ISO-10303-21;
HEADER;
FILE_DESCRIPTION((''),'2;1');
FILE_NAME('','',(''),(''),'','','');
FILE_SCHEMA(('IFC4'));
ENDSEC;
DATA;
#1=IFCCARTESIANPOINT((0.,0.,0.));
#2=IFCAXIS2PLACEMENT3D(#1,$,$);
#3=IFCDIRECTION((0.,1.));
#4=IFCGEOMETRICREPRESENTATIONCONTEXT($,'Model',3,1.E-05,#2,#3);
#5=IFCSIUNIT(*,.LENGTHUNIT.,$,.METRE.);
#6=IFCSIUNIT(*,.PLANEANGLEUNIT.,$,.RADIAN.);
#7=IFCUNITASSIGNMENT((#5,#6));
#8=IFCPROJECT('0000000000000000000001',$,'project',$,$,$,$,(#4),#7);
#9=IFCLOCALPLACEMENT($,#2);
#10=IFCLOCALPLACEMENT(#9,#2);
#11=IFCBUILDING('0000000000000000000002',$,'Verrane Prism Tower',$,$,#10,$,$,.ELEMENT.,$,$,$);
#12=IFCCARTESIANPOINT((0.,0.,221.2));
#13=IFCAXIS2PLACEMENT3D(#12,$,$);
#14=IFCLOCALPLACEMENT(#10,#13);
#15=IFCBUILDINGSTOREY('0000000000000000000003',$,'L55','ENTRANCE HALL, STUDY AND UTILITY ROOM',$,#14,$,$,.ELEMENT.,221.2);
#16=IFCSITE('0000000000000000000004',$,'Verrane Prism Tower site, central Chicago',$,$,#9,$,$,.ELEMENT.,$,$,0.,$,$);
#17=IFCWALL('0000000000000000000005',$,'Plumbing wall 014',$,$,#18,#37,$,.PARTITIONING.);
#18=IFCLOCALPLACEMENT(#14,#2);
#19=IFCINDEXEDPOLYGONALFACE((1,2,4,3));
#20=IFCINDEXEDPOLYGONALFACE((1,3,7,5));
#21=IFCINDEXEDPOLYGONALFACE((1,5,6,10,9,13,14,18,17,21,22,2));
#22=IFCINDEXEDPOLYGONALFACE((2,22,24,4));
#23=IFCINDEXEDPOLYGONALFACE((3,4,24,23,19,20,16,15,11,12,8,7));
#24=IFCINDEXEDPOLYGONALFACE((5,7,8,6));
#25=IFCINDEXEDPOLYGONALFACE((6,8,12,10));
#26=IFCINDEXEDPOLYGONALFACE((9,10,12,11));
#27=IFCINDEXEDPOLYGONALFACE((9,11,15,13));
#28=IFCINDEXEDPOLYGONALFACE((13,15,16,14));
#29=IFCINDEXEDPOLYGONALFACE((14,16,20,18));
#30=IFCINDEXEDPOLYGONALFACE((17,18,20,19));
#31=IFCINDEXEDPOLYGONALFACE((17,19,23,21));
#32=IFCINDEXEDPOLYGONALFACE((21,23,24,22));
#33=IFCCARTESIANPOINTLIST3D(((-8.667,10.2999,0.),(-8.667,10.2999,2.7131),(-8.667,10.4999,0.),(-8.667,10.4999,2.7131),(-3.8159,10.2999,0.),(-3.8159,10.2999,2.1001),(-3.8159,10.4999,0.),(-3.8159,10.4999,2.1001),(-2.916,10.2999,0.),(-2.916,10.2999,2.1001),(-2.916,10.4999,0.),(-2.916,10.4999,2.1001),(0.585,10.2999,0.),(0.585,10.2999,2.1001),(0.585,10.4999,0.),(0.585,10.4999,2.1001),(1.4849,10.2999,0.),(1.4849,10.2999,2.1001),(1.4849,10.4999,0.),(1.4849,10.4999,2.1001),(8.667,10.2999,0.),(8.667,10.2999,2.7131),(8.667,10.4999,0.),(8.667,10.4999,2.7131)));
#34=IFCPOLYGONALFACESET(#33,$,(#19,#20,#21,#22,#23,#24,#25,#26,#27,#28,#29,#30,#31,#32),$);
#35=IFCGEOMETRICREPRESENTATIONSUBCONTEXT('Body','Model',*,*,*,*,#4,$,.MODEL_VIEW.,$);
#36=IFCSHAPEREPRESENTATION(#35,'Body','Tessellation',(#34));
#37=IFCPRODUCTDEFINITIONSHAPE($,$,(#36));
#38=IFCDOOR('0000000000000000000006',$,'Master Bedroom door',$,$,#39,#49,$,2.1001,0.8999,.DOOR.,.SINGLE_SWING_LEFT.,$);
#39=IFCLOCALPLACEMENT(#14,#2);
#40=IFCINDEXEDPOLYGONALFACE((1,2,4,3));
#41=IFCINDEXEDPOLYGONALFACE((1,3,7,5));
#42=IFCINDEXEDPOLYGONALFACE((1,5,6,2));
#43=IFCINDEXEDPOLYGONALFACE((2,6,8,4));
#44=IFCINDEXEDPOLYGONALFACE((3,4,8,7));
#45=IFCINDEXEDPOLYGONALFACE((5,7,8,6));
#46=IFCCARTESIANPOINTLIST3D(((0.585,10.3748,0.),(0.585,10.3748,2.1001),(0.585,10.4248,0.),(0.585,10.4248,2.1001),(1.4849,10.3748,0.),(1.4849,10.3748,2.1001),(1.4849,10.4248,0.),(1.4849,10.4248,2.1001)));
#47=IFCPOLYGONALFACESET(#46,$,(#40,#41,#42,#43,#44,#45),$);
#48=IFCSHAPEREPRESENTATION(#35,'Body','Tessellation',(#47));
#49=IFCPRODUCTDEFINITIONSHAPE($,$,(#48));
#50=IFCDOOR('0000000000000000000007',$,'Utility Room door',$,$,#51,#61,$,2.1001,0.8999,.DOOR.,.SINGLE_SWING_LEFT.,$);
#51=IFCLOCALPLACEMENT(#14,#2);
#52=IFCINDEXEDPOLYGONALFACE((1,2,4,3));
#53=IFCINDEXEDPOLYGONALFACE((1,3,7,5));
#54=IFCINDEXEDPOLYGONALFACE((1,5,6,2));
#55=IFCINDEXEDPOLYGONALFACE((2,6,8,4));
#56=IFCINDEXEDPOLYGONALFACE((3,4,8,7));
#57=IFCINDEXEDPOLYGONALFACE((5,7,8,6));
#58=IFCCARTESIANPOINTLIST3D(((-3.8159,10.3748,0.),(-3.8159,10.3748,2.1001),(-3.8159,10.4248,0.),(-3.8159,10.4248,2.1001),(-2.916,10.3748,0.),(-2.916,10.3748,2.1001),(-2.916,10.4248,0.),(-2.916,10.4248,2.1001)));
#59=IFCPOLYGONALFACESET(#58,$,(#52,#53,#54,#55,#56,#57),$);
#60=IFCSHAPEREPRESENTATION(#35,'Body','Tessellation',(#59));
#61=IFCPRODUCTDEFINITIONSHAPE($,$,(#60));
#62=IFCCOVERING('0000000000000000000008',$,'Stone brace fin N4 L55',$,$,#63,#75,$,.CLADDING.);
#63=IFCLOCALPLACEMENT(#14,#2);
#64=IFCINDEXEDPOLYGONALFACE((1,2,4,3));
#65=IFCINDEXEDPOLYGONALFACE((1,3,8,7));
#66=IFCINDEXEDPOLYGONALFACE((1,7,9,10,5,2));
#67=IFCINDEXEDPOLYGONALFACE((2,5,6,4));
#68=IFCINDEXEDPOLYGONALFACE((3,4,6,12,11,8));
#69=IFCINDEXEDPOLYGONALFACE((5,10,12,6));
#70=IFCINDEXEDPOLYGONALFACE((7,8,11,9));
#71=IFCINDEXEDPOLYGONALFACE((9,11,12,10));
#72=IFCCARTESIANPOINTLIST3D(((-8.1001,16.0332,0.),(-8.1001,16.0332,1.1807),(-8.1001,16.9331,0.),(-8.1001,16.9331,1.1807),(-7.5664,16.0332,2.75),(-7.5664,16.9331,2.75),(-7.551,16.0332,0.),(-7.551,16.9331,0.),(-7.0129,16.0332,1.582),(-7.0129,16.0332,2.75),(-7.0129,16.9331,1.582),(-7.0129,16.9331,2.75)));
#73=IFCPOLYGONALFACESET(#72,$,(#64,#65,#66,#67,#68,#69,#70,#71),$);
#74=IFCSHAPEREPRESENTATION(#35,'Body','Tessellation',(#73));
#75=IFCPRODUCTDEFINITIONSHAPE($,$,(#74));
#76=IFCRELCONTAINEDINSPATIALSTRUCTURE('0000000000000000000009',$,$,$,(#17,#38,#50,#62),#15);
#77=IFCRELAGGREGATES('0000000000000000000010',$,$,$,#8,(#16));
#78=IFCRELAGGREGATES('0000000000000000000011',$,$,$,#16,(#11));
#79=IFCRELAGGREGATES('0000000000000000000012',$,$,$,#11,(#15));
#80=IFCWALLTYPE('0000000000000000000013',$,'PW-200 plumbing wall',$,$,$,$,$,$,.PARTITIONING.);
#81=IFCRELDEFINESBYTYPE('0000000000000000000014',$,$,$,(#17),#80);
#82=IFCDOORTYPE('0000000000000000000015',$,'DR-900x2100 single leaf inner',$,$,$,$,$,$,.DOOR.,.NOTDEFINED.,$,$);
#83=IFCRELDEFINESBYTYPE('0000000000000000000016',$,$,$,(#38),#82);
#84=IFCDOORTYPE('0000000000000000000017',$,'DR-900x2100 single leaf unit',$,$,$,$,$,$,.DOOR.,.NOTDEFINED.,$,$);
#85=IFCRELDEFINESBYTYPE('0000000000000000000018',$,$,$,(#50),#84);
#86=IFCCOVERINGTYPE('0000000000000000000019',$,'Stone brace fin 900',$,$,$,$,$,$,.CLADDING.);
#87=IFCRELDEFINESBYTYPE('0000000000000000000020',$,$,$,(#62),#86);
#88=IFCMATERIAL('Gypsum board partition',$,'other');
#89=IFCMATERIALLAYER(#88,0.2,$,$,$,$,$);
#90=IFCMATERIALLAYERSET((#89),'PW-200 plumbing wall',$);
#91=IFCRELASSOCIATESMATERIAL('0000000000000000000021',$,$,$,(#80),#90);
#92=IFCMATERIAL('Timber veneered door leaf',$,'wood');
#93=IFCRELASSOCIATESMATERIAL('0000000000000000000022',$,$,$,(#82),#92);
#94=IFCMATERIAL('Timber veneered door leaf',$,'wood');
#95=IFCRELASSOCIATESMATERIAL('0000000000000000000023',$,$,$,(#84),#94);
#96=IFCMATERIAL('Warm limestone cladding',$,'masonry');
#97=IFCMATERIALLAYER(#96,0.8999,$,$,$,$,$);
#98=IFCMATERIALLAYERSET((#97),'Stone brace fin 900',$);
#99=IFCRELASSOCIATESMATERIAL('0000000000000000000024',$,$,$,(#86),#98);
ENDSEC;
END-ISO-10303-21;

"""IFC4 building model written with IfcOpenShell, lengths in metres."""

from ifc_helpers import new_model, si_unit, direction, frame, frame_2d, origin, place, context, subcontext, project, spatial, polyline, rectangle, outline, extrude, material, layer, layer_set, type_object, element, fill, save


model = new_model("IFC4")

# Units and contexts
model_context = context("Model", 3, precision=1e-05, world=origin(), true_north=direction((0.0, 1.0)))
body_context = subcontext(model_context, "Body", "Model", "MODEL_VIEW")
ifc_project = project(units=[si_unit("LENGTHUNIT", "METRE"), si_unit("PLANEANGLEUNIT", "RADIAN")], contexts=[model_context])

# Site, building, storey
site_placement = place(None, origin())
site = spatial("IfcSite", under=ifc_project, at=site_placement, Name="Verrane Prism Tower site, central Chicago", CompositionType="ELEMENT", RefElevation=0.0)
building_placement = place(site_placement, origin())
building = spatial("IfcBuilding", under=site, at=building_placement, Name="Verrane Prism Tower", CompositionType="ELEMENT")
storey_placement = place(building_placement, frame((0.0, 0.0, 221.2)))
storey = spatial("IfcBuildingStorey", under=building, at=storey_placement, Name="L55", Description="ENTRANCE HALL, STUDY AND UTILITY ROOM", CompositionType="ELEMENT", Elevation=221.2)

# Wall, openings, doors
ifc_material_1 = material(Name="Gypsum board partition", Category="other")
ifc_layer_1 = layer(ifc_material_1, 0.2)
ifc_layer_set_1 = layer_set([ifc_layer_1], Name="PW-200 plumbing wall")
wall_type_1 = type_object("IfcWallType", Name="PW-200 plumbing wall", PredefinedType="PARTITIONING", material=ifc_layer_set_1)
wall_1_placement = place(storey_placement, frame((-8.667, 10.3999, 0.0), z_axis=(0.0, 0.0, 1.0), x_axis=(1.0, 0.0, 0.0)))
wall_1 = element("IfcWall", 1, at=wall_1_placement, inside=storey, type_object=wall_type_1, Name="Plumbing wall 014", PredefinedType="PARTITIONING", context=body_context, shape_type="SweptSolid", body=[
    extrude(rectangle(XDim=17.334, YDim=0.2, at=frame_2d((8.667, 0.0))), origin(), (0.0, 0.0, 1.0), 2.7131),
])
opening_1_placement = place(wall_1_placement, frame((9.252, 0.0, 0.0)))
opening_1 = element("IfcOpeningElement", 2, at=opening_1_placement, cuts=wall_1, PredefinedType="OPENING", context=body_context, shape_type="SweptSolid", body=[
    extrude(rectangle(XDim=0.8999, YDim=2.1001, at=frame_2d((0.45, 1.05))), frame((0.0, 0.1099, 0.0), z_axis=(0.0, -1.0, 0.0), x_axis=(1.0, 0.0, 0.0)), (0.0, 0.0, 1.0), 0.22),
])
opening_2_placement = place(wall_1_placement, frame((4.8511, 0.0, 0.0)))
opening_2 = element("IfcOpeningElement", 3, at=opening_2_placement, cuts=wall_1, PredefinedType="OPENING", context=body_context, shape_type="SweptSolid", body=[
    extrude(rectangle(XDim=0.8999, YDim=2.1001, at=frame_2d((0.45, 1.05))), frame((0.0, 0.1099, 0.0), z_axis=(0.0, -1.0, 0.0), x_axis=(1.0, 0.0, 0.0)), (0.0, 0.0, 1.0), 0.22),
])
ifc_material_2 = material(Name="Timber veneered door leaf", Category="wood")
door_type_1 = type_object("IfcDoorType", Name="DR-900x2100 single leaf inner", OperationType="NOTDEFINED", PredefinedType="DOOR", material=ifc_material_2)
door_1_placement = place(opening_1_placement, origin())
door_1 = element("IfcDoor", 4, at=door_1_placement, inside=storey, type_object=door_type_1, Name="Master Bedroom door", OperationType="SINGLE_SWING_LEFT", OverallHeight=2.1001, OverallWidth=0.8999, PredefinedType="DOOR", context=body_context, shape_type="SweptSolid", body=[
    extrude(rectangle(XDim=0.8999, YDim=2.1001, at=frame_2d((0.45, 1.05))), frame((0.0, 0.0249, 0.0), z_axis=(0.0, -1.0, 0.0), x_axis=(1.0, 0.0, 0.0)), (0.0, 0.0, 1.0), 0.05),
])
fill(opening_1, door_1)
ifc_material_3 = material(Name="Timber veneered door leaf", Category="wood")
door_type_2 = type_object("IfcDoorType", Name="DR-900x2100 single leaf unit", OperationType="NOTDEFINED", PredefinedType="DOOR", material=ifc_material_3)
door_2_placement = place(opening_2_placement, origin())
door_2 = element("IfcDoor", 5, at=door_2_placement, inside=storey, type_object=door_type_2, Name="Utility Room door", OperationType="SINGLE_SWING_LEFT", OverallHeight=2.1001, OverallWidth=0.8999, PredefinedType="DOOR", context=body_context, shape_type="SweptSolid", body=[
    extrude(rectangle(XDim=0.8999, YDim=2.1001, at=frame_2d((0.45, 1.05))), frame((0.0, 0.0249, 0.0), z_axis=(0.0, -1.0, 0.0), x_axis=(1.0, 0.0, 0.0)), (0.0, 0.0, 1.0), 0.05),
])
fill(opening_2, door_2)

# Covering
ifc_material_4 = material(Name="Warm limestone cladding", Category="masonry")
ifc_layer_2 = layer(ifc_material_4, 0.8999)
ifc_layer_set_2 = layer_set([ifc_layer_2], Name="Stone brace fin 900")
covering_type = type_object("IfcCoveringType", Name="Stone brace fin 900", PredefinedType="CLADDING", material=ifc_layer_set_2)
covering_placement = place(storey_placement, frame((-8.1001, 16.4832, 0.0), z_axis=(0.0, 0.0, 1.0), x_axis=(1.0, 0.0, 0.0)))
element("IfcCovering", 6, at=covering_placement, inside=storey, type_object=covering_type, Name="Stone brace fin N4 L55", PredefinedType="CLADDING", context=body_context, shape_type="SweptSolid", body=[
    extrude(outline(polyline([(1.0872, 2.75), (0.5337, 2.75), (0.0, 1.1807), (0.0, 0.0), (0.5491, 0.0), (1.0872, 1.582), (1.0872, 2.75)])), frame((0.0, 0.45, 0.0), z_axis=(0.0, -1.0, 0.0), x_axis=(1.0, 0.0, 0.0)), (0.0, 0.0, 1.0), 0.8999),
])

save(model, "model.ifc")
